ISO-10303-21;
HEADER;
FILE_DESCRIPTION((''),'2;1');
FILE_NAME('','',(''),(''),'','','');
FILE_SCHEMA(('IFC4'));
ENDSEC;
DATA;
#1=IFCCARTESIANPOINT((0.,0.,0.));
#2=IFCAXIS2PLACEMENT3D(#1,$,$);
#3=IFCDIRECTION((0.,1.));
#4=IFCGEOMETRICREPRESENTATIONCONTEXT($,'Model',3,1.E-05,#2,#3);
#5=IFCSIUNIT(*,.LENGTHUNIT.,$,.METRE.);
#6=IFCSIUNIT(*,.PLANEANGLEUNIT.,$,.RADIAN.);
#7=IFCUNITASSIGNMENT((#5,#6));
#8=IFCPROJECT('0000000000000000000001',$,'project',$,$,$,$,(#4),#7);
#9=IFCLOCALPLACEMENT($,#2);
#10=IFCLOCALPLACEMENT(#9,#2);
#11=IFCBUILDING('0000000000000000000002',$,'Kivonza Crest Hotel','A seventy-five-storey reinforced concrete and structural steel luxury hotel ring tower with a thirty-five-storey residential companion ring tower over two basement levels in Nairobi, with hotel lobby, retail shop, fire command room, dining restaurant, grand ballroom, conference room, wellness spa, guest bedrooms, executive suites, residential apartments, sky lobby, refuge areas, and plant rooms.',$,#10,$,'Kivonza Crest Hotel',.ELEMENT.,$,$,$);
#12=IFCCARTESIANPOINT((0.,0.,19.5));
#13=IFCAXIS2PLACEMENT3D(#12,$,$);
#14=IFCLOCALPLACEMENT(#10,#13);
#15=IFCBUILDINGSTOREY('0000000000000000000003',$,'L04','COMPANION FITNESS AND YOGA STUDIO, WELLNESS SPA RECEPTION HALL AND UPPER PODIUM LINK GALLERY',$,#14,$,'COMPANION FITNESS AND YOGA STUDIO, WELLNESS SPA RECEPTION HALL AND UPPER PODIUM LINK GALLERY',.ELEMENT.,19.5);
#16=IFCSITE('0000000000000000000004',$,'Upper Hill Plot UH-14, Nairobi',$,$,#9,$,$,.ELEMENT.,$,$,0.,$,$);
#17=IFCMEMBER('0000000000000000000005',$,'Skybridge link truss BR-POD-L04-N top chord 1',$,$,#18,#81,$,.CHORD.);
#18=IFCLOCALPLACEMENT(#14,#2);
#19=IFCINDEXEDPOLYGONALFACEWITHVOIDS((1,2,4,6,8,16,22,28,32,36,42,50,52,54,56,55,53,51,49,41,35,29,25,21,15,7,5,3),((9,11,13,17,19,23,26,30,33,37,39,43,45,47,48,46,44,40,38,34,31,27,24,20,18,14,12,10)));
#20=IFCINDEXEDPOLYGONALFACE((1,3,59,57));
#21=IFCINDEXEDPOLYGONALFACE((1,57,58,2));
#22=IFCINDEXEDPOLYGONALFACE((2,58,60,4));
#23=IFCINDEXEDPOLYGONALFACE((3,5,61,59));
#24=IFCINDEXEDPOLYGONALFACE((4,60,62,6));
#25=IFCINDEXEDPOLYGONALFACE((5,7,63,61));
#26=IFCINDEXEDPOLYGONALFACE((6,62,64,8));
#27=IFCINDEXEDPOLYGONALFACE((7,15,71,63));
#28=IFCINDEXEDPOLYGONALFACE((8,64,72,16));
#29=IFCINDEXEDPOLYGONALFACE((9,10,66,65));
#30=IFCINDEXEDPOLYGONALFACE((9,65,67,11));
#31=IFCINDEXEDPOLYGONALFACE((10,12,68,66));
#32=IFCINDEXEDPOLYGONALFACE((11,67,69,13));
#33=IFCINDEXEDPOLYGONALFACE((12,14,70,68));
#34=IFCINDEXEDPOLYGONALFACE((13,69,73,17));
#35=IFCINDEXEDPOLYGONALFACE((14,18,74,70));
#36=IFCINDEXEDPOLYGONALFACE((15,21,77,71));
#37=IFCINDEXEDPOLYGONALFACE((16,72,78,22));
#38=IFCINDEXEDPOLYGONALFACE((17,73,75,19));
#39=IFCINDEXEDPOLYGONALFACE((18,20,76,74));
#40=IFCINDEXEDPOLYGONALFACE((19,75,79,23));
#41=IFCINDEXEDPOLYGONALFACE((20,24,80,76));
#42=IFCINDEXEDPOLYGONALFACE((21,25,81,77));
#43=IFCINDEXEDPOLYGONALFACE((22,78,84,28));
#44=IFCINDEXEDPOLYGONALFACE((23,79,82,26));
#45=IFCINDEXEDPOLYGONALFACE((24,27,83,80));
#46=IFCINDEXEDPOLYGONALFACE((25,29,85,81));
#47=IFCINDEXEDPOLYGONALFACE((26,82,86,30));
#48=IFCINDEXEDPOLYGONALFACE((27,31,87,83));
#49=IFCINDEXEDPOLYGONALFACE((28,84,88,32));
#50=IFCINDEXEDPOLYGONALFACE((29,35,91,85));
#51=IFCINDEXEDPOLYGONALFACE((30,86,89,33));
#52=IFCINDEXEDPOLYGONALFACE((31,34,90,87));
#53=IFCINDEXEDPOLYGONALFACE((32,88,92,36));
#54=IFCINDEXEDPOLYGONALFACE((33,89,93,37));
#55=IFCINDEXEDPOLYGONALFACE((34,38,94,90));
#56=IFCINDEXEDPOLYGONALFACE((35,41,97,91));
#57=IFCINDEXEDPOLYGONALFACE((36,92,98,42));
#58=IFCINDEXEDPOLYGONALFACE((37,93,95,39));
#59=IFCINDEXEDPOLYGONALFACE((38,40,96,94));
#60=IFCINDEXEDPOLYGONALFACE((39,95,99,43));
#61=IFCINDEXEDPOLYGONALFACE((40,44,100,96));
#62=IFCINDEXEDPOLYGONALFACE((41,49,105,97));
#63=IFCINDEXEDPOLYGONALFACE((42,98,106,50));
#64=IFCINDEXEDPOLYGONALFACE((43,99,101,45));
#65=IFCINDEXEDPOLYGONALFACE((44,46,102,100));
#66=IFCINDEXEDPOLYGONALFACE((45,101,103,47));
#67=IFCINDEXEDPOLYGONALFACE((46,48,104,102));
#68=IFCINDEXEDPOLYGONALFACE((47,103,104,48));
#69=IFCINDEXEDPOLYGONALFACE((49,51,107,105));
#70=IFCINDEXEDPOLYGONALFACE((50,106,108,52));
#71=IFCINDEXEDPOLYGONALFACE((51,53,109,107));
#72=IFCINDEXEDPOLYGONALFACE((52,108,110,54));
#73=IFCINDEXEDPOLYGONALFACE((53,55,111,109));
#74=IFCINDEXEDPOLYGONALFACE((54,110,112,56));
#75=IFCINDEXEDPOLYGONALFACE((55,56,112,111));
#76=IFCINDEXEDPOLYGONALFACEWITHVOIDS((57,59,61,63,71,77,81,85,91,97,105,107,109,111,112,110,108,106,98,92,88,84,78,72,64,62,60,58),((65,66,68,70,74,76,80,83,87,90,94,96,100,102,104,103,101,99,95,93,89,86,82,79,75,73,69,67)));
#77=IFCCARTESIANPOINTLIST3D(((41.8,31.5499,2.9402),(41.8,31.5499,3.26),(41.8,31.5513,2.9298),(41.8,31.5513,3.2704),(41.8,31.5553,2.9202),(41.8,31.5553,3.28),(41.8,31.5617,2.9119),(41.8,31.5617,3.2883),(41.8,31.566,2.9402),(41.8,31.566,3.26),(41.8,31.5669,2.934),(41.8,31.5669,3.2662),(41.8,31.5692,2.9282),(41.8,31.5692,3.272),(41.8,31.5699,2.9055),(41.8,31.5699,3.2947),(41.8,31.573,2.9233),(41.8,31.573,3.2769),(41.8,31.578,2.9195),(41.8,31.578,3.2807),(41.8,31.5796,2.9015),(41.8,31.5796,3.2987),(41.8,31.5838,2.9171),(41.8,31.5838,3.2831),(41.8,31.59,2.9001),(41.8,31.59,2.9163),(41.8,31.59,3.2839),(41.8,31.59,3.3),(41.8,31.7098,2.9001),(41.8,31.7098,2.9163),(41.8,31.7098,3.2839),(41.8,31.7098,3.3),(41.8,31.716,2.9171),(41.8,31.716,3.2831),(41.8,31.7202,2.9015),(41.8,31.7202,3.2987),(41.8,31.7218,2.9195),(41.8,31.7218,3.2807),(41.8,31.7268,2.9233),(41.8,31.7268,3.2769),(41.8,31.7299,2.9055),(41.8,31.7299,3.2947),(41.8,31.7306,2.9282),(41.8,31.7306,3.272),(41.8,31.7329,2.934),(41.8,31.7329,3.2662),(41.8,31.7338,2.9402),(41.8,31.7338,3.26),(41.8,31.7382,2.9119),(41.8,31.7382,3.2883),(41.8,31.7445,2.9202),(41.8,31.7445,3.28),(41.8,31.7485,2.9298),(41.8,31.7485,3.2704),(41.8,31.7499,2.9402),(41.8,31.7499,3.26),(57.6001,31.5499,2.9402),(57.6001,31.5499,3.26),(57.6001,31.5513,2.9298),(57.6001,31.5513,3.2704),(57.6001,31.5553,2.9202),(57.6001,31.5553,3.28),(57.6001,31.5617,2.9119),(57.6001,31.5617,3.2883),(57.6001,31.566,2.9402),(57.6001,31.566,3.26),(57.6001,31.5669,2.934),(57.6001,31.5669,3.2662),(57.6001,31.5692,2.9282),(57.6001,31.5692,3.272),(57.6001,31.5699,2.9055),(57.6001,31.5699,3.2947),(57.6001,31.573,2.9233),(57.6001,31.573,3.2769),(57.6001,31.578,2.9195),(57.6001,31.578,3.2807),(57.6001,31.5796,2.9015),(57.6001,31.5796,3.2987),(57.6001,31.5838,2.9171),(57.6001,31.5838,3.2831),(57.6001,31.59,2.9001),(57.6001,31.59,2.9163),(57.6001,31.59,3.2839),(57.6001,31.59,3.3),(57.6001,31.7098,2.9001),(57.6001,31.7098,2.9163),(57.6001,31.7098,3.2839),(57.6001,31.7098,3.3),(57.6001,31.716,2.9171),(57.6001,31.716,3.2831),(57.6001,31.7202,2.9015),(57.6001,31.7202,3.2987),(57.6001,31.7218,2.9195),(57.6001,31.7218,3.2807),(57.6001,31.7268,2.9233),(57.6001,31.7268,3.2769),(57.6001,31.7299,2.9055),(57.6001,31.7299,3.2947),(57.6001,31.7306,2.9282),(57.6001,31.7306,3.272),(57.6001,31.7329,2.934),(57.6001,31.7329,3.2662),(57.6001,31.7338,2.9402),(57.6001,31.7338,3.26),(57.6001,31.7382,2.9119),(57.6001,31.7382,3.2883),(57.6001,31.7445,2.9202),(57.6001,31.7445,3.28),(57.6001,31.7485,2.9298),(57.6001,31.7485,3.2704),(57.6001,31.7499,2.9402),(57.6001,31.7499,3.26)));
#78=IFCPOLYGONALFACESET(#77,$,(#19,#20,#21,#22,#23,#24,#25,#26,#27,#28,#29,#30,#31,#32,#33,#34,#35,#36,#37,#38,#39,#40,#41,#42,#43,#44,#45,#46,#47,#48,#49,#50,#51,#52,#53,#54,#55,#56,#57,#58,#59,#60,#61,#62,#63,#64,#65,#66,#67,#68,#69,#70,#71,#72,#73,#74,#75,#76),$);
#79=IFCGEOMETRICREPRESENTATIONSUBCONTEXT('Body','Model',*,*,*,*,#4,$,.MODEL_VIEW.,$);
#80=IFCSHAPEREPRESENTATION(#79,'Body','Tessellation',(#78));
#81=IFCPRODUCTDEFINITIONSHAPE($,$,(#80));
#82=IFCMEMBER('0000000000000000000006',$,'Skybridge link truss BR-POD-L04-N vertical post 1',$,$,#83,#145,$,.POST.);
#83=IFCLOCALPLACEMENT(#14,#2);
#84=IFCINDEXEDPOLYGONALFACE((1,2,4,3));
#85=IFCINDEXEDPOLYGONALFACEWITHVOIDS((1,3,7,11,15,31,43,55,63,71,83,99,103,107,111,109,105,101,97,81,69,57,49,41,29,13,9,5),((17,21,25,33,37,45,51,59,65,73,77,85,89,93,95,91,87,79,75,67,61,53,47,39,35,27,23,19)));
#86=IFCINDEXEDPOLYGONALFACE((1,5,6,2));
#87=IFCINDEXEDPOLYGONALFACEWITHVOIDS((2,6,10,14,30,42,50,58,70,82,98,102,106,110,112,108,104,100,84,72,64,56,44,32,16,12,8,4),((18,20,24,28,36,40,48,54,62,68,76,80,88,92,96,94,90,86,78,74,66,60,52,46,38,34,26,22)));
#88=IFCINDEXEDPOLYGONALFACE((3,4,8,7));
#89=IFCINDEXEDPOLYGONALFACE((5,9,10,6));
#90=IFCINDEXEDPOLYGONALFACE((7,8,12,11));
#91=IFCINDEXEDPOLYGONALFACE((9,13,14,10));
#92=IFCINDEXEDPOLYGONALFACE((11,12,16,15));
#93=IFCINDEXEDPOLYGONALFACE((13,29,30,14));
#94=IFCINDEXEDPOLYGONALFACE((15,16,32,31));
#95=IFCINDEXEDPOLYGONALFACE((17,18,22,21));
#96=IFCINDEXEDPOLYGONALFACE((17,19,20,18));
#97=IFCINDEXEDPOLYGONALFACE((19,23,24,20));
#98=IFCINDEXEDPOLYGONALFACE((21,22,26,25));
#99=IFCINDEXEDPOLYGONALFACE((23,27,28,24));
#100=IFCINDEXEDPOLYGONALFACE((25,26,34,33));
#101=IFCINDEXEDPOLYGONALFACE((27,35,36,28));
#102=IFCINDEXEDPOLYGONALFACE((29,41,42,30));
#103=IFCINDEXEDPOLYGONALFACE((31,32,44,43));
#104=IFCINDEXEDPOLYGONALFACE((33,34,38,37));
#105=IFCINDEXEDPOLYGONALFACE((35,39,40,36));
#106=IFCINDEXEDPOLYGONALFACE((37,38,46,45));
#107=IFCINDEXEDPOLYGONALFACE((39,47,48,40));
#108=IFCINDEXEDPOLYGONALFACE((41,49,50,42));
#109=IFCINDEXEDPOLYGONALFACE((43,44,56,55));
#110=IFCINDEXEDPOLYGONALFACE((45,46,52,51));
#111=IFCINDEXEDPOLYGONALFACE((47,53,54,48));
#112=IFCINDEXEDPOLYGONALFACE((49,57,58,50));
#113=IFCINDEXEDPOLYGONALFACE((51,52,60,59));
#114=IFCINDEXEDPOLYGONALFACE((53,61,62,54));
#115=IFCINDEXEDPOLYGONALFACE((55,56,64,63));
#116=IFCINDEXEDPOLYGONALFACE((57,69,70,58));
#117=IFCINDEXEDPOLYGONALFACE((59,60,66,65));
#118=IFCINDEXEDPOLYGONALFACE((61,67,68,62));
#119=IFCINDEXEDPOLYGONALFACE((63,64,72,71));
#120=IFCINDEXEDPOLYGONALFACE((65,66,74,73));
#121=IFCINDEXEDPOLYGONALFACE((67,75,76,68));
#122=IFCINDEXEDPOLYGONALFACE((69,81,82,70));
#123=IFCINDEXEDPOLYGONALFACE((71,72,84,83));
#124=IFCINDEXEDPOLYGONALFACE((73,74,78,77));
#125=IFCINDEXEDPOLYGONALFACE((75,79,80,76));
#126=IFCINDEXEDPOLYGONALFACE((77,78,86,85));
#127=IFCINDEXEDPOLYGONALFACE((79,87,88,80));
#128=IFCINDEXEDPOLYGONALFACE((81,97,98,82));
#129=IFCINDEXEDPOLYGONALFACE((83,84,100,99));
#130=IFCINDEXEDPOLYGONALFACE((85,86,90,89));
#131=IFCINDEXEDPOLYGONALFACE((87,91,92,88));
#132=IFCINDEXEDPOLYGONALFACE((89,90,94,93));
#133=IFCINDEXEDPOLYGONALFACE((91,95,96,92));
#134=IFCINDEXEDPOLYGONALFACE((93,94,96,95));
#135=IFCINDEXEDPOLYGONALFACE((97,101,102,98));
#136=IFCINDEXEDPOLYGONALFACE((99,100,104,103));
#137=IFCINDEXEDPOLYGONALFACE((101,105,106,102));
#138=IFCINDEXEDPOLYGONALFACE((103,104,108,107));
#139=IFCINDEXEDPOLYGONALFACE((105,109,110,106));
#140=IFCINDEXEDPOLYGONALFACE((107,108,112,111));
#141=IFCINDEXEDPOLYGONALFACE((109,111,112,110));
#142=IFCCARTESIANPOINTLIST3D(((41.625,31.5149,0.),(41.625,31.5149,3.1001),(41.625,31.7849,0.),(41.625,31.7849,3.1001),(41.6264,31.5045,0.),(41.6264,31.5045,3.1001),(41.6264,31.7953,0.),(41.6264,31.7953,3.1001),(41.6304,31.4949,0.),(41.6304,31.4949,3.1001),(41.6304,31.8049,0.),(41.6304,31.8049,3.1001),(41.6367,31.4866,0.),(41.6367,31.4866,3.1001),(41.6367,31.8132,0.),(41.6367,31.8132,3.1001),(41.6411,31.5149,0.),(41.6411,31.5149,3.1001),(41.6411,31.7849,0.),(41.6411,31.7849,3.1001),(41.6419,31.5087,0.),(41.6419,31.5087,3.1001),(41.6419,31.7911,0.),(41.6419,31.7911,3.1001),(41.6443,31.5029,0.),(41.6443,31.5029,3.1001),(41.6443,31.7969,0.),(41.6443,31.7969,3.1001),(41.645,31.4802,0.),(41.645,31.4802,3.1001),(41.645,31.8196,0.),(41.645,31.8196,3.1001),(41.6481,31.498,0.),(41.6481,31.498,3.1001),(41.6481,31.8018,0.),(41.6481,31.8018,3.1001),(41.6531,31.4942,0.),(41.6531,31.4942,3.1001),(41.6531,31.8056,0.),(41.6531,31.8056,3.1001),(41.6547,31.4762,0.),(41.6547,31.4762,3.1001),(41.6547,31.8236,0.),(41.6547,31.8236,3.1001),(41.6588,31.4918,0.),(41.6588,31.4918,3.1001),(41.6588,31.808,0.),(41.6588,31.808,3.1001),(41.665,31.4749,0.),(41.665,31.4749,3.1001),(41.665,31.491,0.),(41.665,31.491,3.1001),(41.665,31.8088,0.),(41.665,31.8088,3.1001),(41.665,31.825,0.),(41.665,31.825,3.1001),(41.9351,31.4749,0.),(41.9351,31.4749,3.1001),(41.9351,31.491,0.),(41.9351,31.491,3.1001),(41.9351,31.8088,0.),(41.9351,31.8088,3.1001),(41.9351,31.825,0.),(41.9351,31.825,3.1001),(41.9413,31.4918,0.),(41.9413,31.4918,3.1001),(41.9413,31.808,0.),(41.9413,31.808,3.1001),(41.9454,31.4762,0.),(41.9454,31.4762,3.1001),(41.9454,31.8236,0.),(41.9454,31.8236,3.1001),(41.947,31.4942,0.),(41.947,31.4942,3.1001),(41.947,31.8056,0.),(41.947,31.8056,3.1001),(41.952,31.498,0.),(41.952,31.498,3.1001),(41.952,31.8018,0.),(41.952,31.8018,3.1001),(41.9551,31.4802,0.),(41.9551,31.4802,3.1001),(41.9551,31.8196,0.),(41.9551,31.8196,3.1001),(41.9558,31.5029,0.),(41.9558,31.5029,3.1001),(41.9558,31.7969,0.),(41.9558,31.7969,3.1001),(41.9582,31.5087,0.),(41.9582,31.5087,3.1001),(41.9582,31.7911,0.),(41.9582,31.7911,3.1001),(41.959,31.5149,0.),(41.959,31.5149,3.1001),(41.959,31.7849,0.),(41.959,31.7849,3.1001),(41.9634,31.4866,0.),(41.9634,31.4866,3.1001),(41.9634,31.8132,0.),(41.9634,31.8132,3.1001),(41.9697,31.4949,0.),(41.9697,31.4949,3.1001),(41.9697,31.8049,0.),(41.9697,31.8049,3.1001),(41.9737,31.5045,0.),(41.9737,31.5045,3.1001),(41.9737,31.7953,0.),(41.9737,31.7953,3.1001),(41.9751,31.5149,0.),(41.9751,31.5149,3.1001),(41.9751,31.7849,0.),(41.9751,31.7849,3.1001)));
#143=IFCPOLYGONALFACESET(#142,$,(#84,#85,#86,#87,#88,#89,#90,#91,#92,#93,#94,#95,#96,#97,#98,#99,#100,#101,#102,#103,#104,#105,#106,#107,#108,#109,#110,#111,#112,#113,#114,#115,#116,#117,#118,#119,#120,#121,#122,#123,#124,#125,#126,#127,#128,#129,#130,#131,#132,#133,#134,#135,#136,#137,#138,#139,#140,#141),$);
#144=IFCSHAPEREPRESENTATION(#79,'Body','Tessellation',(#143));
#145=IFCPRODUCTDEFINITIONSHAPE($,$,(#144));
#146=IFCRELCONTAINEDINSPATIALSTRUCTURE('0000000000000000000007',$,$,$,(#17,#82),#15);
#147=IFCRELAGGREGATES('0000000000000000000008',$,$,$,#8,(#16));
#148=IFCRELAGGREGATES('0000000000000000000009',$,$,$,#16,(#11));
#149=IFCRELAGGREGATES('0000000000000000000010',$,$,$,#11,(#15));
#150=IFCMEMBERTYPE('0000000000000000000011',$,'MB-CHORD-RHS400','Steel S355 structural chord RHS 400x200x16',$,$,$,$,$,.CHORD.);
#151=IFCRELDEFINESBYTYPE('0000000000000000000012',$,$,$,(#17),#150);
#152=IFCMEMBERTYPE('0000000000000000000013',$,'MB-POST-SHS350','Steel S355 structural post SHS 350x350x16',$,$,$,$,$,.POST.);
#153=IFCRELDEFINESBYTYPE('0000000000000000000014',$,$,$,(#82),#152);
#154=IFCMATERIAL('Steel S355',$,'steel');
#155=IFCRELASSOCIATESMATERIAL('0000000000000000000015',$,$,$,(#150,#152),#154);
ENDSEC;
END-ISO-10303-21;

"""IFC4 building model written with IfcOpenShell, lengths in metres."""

from ifc_helpers import new_model, si_unit, direction, frame, origin, origin_2d, place, context, subcontext, project, spatial, hollow_rectangle, extrude, material, material_profile, profile_set, type_object, element, save


model = new_model("IFC4")

# Units and contexts
model_context = context("Model", 3, precision=1e-05, world=origin(), true_north=direction((0.0, 1.0)))
body_context = subcontext(model_context, "Body", "Model", "MODEL_VIEW")
ifc_project = project(units=[si_unit("LENGTHUNIT", "METRE"), si_unit("PLANEANGLEUNIT", "RADIAN")], contexts=[model_context])

# Site, building, storey
site_placement = place(None, origin())
site = spatial("IfcSite", under=ifc_project, at=site_placement, Name="Upper Hill Plot UH-14, Nairobi", CompositionType="ELEMENT", RefElevation=0.0)
building_placement = place(site_placement, origin())
building = spatial("IfcBuilding", under=site, at=building_placement, Name="Kivonza Crest Hotel", Description="A seventy-five-storey reinforced concrete and structural steel luxury hotel ring tower with a thirty-five-storey residential companion ring tower over two basement levels in Nairobi, with hotel lobby, retail shop, fire command room, dining restaurant, grand ballroom, conference room, wellness spa, guest bedrooms, executive suites, residential apartments, sky lobby, refuge areas, and plant rooms.", LongName="Kivonza Crest Hotel", CompositionType="ELEMENT")
storey_placement = place(building_placement, frame((0.0, 0.0, 19.5)))
storey = spatial("IfcBuildingStorey", under=building, at=storey_placement, Name="L04", Description="COMPANION FITNESS AND YOGA STUDIO, WELLNESS SPA RECEPTION HALL AND UPPER PODIUM LINK GALLERY", LongName="COMPANION FITNESS AND YOGA STUDIO, WELLNESS SPA RECEPTION HALL AND UPPER PODIUM LINK GALLERY", CompositionType="ELEMENT", Elevation=19.5)

# Shared definitions
ifc_material_1 = material(Name="Steel S355", Category="steel")

# Members
ifc_material_profile_1 = material_profile(ifc_material_1, hollow_rectangle(XDim=0.2, YDim=0.3999, WallThickness=0.0161, InnerFilletRadius=0.0239, OuterFilletRadius=0.04, at=origin_2d()), Name="RHS 400x200x16")
ifc_profile_set_1 = profile_set([ifc_material_profile_1], Name="Steel S355")
member_type_1 = type_object("IfcMemberType", Name="MB-CHORD-RHS400", Description="Steel S355 structural chord RHS 400x200x16", PredefinedType="CHORD", material=ifc_profile_set_1)
for number, where, z_axis, x_axis, name in (
    (1, (41.8, 31.6499, 3.1001), (1.0, 0.0, 0.0), (0.0, 1.0, 0.0), "Skybridge link truss BR-POD-L04-N top chord 1"),
):
    element("IfcMember", number, at=place(storey_placement, frame(where, z_axis=z_axis, x_axis=x_axis)), inside=storey, type_object=member_type_1, Name=name, PredefinedType="CHORD", context=body_context, shape_type="SweptSolid", body=[
        extrude(hollow_rectangle(XDim=0.2, YDim=0.3999, WallThickness=0.0161, InnerFilletRadius=0.0239, OuterFilletRadius=0.04, at=origin_2d()), origin(), (0.0, 0.0, 1.0), 15.8),
    ])
ifc_material_profile_2 = material_profile(ifc_material_1, hollow_rectangle(XDim=0.3501, YDim=0.3501, WallThickness=0.0161, InnerFilletRadius=0.0239, OuterFilletRadius=0.04, at=origin_2d()), Name="SHS 350x350x16")
ifc_profile_set_2 = profile_set([ifc_material_profile_2], Name="Steel S355")
member_type_2 = type_object("IfcMemberType", Name="MB-POST-SHS350", Description="Steel S355 structural post SHS 350x350x16", PredefinedType="POST", material=ifc_profile_set_2)
for number, where, z_axis, x_axis, name in (
    (2, (41.8, 31.6499, 0.0), (0.0, 0.0, 1.0), (1.0, 0.0, 0.0), "Skybridge link truss BR-POD-L04-N vertical post 1"),
):
    element("IfcMember", number, at=place(storey_placement, frame(where, z_axis=z_axis, x_axis=x_axis)), inside=storey, type_object=member_type_2, Name=name, PredefinedType="POST", context=body_context, shape_type="SweptSolid", body=[
        extrude(hollow_rectangle(XDim=0.3501, YDim=0.3501, WallThickness=0.0161, InnerFilletRadius=0.0239, OuterFilletRadius=0.04, at=origin_2d()), origin(), (0.0, 0.0, 1.0), 3.1001),
    ])

save(model, "model.ifc")
